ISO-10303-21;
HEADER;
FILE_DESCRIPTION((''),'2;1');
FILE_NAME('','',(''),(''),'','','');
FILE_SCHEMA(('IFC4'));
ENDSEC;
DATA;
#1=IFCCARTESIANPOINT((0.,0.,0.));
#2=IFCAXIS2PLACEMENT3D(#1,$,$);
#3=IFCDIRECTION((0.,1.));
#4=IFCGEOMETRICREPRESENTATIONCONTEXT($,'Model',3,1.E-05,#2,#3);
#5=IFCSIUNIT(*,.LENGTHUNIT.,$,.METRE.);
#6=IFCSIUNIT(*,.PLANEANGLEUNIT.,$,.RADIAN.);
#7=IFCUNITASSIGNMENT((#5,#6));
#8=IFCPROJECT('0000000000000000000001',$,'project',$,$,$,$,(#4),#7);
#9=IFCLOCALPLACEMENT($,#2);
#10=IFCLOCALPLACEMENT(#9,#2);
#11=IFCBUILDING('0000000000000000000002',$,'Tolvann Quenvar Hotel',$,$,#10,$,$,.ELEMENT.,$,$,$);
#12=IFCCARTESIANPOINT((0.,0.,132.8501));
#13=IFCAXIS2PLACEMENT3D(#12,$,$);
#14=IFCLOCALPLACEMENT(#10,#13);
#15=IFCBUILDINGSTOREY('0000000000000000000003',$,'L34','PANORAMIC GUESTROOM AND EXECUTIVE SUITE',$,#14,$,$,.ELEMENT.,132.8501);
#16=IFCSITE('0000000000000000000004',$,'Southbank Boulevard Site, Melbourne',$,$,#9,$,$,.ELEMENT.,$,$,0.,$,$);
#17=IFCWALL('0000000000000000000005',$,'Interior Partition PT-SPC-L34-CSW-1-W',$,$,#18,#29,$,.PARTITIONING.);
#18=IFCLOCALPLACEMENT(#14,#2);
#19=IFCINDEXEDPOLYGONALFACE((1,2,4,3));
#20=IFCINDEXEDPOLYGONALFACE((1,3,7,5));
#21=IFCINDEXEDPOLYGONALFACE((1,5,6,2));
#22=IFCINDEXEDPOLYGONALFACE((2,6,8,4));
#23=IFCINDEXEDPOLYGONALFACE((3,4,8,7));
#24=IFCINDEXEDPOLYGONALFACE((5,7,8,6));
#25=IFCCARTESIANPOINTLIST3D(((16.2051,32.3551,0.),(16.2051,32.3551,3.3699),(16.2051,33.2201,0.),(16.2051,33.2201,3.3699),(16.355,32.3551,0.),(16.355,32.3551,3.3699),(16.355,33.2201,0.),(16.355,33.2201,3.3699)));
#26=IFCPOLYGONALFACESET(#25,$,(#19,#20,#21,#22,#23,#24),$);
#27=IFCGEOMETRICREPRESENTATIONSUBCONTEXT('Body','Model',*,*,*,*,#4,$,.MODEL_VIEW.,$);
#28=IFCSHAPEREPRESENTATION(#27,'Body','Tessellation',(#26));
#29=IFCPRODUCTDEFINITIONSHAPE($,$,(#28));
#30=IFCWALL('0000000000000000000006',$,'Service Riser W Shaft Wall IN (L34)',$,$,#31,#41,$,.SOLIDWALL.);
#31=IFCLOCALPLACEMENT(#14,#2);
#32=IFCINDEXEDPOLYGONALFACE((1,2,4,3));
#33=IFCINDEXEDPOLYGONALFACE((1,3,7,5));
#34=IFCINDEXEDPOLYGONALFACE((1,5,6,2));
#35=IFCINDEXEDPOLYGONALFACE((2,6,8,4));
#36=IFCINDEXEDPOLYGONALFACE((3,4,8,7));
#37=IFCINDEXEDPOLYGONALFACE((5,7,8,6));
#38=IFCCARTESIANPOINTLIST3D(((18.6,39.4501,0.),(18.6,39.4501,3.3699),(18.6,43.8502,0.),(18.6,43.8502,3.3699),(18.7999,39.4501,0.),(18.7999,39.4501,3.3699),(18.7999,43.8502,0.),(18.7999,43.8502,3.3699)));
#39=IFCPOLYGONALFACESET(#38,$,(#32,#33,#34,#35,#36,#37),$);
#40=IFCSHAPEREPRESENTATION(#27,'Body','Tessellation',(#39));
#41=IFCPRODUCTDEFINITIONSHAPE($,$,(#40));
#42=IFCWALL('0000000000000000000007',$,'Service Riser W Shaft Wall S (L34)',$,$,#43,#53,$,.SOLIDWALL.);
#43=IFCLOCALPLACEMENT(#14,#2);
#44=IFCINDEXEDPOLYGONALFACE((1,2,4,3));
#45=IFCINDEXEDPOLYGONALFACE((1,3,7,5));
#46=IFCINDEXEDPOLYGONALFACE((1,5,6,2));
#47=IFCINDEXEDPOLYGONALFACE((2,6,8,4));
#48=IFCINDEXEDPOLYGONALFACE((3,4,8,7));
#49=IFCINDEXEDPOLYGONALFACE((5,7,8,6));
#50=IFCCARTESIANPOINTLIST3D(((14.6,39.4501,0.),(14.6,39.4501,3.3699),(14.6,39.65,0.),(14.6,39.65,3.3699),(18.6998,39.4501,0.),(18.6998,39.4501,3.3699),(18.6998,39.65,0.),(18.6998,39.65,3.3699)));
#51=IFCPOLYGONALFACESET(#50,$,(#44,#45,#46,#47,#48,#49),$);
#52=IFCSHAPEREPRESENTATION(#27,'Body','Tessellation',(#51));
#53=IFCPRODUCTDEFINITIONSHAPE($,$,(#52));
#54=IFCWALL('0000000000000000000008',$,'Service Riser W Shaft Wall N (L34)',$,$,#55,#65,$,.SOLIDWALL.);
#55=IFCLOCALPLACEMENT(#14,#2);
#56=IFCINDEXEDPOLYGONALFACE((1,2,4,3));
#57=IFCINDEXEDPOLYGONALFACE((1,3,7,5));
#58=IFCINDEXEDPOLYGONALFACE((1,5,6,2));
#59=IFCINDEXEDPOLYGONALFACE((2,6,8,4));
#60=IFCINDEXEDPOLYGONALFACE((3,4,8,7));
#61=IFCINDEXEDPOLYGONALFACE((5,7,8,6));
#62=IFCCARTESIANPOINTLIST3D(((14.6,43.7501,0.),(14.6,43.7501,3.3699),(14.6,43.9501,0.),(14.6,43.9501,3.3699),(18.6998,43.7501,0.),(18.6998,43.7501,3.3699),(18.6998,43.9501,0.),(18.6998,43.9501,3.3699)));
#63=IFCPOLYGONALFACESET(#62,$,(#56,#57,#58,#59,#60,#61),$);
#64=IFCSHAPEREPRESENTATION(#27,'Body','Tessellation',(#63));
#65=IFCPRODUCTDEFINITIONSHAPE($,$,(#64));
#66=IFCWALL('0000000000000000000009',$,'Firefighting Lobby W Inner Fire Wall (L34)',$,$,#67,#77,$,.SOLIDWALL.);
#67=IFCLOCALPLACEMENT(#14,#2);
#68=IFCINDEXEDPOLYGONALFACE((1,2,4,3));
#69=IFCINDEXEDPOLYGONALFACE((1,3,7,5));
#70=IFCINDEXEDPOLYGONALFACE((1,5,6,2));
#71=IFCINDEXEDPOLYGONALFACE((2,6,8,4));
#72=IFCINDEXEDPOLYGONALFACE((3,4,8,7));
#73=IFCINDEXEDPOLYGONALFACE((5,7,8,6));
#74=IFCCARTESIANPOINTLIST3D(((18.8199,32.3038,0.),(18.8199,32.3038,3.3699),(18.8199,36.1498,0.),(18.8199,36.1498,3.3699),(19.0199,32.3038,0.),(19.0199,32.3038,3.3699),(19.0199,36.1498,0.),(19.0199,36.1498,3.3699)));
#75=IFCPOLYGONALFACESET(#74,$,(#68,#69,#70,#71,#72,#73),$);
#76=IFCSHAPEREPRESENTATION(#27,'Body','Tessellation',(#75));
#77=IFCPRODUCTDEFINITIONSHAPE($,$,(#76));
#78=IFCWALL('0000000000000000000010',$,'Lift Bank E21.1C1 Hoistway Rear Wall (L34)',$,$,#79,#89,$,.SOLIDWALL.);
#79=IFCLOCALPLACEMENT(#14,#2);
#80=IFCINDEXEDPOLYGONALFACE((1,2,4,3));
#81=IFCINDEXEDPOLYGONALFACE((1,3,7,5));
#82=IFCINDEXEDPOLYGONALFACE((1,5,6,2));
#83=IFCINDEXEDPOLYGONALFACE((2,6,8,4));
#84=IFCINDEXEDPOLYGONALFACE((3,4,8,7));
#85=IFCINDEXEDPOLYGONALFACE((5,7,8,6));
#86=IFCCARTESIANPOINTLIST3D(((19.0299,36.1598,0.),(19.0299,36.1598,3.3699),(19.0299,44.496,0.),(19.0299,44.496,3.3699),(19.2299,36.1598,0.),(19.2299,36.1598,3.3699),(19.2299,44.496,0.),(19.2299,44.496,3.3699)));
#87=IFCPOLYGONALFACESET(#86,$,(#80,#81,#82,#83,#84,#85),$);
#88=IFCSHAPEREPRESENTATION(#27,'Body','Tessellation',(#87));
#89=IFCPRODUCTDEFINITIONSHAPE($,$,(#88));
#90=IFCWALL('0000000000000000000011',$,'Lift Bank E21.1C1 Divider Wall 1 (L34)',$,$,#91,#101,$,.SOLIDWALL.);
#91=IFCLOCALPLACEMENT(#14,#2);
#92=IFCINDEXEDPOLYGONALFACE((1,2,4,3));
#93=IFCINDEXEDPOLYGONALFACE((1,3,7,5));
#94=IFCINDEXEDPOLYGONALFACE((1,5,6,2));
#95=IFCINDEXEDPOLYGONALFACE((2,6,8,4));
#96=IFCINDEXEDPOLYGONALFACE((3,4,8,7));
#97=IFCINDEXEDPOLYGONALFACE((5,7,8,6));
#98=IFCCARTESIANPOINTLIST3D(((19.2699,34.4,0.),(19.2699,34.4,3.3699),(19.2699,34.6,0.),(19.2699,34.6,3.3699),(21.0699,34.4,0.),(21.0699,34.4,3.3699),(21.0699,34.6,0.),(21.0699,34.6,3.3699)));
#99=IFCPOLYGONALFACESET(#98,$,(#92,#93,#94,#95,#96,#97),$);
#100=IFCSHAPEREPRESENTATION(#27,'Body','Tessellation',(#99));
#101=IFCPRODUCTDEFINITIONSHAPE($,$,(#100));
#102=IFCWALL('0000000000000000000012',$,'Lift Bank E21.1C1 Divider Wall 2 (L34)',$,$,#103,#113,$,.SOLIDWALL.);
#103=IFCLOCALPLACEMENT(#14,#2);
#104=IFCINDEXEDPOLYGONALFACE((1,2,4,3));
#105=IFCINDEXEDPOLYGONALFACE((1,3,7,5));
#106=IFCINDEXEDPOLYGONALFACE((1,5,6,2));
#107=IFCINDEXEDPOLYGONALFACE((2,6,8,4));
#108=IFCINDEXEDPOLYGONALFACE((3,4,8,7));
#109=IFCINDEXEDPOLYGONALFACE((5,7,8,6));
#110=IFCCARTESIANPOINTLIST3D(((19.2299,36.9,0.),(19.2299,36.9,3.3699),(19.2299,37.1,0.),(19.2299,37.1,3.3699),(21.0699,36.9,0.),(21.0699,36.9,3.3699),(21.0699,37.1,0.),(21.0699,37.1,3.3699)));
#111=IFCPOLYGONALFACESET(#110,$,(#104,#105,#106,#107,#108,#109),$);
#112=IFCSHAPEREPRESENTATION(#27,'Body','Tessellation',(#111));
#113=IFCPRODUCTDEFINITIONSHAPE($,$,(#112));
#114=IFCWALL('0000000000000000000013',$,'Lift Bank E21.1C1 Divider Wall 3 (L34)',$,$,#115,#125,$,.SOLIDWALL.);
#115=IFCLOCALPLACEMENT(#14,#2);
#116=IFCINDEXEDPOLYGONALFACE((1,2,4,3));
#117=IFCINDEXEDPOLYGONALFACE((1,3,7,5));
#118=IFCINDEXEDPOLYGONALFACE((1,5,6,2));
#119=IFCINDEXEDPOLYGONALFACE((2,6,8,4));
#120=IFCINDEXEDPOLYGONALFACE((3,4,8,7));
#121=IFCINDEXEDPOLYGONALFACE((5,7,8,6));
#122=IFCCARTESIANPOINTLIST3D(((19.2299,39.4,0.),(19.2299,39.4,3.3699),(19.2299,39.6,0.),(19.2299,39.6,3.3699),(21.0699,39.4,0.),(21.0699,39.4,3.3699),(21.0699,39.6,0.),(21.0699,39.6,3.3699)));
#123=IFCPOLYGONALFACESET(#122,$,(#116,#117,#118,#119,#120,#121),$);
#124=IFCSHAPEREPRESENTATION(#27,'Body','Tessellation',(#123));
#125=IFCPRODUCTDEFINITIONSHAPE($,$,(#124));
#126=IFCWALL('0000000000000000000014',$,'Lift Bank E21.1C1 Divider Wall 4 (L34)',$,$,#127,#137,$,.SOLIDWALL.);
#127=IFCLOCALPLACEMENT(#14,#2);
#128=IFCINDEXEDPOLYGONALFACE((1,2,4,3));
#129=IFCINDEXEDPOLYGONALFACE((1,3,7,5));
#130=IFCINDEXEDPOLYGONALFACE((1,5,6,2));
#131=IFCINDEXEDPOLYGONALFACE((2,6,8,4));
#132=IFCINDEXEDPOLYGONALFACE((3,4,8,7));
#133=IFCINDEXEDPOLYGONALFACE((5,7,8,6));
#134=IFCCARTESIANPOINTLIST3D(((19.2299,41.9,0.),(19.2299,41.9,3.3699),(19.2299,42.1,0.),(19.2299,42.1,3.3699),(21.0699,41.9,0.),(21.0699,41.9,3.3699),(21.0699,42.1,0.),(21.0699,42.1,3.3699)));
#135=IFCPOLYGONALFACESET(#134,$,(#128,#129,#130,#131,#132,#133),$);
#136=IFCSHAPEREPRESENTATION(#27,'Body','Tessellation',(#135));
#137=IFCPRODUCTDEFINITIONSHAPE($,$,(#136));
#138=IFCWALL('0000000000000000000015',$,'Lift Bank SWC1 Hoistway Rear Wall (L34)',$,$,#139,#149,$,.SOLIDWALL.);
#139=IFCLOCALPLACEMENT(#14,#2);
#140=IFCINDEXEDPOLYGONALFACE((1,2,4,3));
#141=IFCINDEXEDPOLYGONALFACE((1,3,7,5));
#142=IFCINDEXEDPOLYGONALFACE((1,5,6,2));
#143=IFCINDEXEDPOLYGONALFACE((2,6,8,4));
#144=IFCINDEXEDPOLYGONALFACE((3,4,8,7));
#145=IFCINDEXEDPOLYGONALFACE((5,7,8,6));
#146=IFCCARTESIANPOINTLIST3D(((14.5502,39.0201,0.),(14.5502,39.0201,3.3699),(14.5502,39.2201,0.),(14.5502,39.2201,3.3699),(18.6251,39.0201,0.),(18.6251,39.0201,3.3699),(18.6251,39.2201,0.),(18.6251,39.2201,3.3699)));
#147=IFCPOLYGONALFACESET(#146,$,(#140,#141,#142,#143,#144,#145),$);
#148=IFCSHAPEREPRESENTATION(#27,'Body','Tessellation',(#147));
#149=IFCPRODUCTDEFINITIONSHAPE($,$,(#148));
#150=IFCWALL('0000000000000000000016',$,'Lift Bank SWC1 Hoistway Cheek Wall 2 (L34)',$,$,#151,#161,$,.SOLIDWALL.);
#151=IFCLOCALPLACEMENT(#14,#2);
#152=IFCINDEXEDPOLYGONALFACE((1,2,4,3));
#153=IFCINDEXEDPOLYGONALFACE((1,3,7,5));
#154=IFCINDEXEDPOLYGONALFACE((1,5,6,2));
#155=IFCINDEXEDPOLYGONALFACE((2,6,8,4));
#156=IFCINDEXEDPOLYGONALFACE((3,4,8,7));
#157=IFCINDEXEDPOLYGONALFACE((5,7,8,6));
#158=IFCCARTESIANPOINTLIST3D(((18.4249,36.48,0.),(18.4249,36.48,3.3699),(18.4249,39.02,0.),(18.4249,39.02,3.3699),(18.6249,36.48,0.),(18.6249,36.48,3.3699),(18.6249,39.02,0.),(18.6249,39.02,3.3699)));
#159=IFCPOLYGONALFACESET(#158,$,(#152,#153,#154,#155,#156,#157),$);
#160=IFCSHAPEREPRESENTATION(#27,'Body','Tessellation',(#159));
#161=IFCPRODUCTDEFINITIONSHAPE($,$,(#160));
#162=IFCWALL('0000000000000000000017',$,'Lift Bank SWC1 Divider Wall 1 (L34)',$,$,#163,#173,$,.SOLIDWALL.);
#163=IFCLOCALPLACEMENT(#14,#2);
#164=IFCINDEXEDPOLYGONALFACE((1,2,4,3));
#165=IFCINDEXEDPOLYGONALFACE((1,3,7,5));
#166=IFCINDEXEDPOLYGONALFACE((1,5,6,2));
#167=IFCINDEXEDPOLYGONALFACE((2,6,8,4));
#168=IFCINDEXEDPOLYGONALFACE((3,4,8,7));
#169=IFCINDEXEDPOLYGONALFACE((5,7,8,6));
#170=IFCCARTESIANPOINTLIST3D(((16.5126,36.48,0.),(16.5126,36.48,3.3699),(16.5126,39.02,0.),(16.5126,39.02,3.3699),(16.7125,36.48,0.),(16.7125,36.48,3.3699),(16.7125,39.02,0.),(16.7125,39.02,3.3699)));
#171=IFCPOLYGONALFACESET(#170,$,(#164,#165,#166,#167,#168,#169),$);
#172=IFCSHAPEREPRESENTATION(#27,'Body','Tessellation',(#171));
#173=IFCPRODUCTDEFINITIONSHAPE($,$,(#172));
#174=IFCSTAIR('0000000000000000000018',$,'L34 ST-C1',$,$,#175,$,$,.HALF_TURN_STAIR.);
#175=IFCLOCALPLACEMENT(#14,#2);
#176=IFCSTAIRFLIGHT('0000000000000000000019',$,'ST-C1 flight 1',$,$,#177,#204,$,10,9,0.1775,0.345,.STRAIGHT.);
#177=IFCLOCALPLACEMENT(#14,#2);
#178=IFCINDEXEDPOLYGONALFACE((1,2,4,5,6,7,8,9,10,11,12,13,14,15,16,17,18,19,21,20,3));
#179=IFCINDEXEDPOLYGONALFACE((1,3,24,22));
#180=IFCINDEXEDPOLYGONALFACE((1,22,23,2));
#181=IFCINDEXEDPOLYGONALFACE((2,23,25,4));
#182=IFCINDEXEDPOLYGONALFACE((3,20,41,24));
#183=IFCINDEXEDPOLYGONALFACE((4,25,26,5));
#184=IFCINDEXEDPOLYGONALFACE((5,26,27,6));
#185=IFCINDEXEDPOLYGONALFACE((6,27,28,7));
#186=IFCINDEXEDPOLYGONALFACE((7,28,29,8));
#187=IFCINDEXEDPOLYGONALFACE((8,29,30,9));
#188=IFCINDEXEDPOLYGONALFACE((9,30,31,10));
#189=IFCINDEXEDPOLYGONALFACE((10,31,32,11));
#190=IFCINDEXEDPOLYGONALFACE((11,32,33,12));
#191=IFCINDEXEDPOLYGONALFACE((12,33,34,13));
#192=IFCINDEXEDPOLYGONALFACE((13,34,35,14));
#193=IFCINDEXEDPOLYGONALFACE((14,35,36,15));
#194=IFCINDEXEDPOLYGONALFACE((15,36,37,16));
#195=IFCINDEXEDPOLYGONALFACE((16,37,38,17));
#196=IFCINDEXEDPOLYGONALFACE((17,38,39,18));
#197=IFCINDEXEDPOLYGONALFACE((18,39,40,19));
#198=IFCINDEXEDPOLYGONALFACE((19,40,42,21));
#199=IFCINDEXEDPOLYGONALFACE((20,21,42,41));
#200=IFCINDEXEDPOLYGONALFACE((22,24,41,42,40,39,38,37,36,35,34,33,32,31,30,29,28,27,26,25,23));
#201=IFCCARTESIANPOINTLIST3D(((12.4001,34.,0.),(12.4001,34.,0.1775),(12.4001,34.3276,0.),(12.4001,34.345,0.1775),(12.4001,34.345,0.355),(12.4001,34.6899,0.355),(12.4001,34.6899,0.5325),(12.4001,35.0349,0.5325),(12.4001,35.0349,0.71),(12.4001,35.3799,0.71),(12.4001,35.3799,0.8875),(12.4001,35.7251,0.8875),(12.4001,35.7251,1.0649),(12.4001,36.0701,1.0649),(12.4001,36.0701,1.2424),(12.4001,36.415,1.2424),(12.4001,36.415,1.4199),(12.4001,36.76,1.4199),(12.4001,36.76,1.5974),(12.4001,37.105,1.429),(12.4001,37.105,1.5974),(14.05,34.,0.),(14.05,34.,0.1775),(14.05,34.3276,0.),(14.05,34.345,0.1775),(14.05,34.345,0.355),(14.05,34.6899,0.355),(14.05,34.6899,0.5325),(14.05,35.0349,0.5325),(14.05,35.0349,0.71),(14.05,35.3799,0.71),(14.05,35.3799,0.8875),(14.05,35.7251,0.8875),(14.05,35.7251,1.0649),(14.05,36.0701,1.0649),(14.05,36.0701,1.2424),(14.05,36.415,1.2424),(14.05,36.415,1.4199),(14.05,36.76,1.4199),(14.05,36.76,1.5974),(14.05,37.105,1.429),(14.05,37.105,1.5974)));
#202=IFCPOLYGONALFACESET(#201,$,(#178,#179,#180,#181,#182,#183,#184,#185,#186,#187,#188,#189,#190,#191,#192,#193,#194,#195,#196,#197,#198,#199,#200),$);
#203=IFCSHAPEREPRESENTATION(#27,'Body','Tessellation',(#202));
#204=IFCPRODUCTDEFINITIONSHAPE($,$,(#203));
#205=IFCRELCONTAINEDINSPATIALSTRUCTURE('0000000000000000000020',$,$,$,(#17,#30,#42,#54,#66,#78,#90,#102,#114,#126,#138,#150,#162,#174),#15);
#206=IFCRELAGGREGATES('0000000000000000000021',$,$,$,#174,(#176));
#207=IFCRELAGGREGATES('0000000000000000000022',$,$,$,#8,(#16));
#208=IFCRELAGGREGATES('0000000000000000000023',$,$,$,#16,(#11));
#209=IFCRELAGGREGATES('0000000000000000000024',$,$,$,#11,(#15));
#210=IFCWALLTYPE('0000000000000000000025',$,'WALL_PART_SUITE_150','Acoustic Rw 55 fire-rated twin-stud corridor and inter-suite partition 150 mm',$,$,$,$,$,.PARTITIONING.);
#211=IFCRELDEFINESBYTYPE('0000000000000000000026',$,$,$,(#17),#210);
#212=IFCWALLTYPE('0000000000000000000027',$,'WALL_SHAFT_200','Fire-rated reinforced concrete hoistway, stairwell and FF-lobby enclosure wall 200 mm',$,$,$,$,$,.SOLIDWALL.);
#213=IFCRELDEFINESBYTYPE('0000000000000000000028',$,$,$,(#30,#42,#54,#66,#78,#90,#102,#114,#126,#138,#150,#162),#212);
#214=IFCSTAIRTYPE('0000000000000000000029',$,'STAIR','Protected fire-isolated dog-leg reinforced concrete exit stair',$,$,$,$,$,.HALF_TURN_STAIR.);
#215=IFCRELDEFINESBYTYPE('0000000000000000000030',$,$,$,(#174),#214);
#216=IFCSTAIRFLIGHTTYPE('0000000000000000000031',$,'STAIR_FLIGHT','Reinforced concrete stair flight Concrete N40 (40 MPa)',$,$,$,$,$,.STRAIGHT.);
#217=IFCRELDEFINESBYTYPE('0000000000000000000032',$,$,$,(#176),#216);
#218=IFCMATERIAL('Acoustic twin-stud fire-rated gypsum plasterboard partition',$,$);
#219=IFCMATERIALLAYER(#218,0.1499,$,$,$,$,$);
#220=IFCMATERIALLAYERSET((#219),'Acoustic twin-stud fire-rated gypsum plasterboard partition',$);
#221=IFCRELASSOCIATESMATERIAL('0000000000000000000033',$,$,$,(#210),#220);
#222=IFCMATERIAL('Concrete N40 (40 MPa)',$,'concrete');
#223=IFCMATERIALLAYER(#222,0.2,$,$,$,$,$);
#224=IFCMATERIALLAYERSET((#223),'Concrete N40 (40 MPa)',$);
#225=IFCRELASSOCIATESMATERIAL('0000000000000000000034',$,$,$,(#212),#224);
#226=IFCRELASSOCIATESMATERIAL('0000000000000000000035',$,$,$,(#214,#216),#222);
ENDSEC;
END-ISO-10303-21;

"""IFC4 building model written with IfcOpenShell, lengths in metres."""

from ifc_helpers import new_model, si_unit, direction, frame, frame_2d, origin, place, context, subcontext, project, spatial, polyline, rectangle, outline, extrude, material, layer, layer_set, type_object, element, aggregate, save


model = new_model("IFC4")

# Units and contexts
model_context = context("Model", 3, precision=1e-05, world=origin(), true_north=direction((0.0, 1.0)))
body_context = subcontext(model_context, "Body", "Model", "MODEL_VIEW")
ifc_project = project(units=[si_unit("LENGTHUNIT", "METRE"), si_unit("PLANEANGLEUNIT", "RADIAN")], contexts=[model_context])

# Site, building, storey
site_placement = place(None, origin())
site = spatial("IfcSite", under=ifc_project, at=site_placement, Name="Southbank Boulevard Site, Melbourne", CompositionType="ELEMENT", RefElevation=0.0)
building_placement = place(site_placement, origin())
building = spatial("IfcBuilding", under=site, at=building_placement, Name="Tolvann Quenvar Hotel", CompositionType="ELEMENT")
storey_placement = place(building_placement, frame((0.0, 0.0, 132.8501)))
storey = spatial("IfcBuildingStorey", under=building, at=storey_placement, Name="L34", Description="PANORAMIC GUESTROOM AND EXECUTIVE SUITE", CompositionType="ELEMENT", Elevation=132.8501)

# Walls
ifc_material_1 = material(Name="Acoustic twin-stud fire-rated gypsum plasterboard partition")
ifc_layer_1 = layer(ifc_material_1, 0.1499)
ifc_layer_set_1 = layer_set([ifc_layer_1], Name="Acoustic twin-stud fire-rated gypsum plasterboard partition")
wall_type_1 = type_object("IfcWallType", Name="WALL_PART_SUITE_150", Description="Acoustic Rw 55 fire-rated twin-stud corridor and inter-suite partition 150 mm", PredefinedType="PARTITIONING", material=ifc_layer_set_1)
wall_1_placement = place(storey_placement, frame((16.28, 32.355, 0.0), z_axis=(0.0, 0.0, 1.0), x_axis=(0.0, 1.0, 0.0)))
element("IfcWall", 1, at=wall_1_placement, inside=storey, type_object=wall_type_1, Name="Interior Partition PT-SPC-L34-CSW-1-W", PredefinedType="PARTITIONING", context=body_context, shape_type="SweptSolid", body=[
    extrude(rectangle(XDim=0.865, YDim=0.1499, at=frame_2d((0.4326, 0.0))), origin(), (0.0, 0.0, 1.0), 3.3699),
])
ifc_material_2 = material(Name="Concrete N40 (40 MPa)", Category="concrete")
ifc_layer_2 = layer(ifc_material_2, 0.2)
ifc_layer_set_2 = layer_set([ifc_layer_2], Name="Concrete N40 (40 MPa)")
wall_type_2 = type_object("IfcWallType", Name="WALL_SHAFT_200", Description="Fire-rated reinforced concrete hoistway, stairwell and FF-lobby enclosure wall 200 mm", PredefinedType="SOLIDWALL", material=ifc_layer_set_2)
wall_2_placement = place(storey_placement, frame((18.7, 39.45, 0.0), z_axis=(0.0, 0.0, 1.0), x_axis=(0.0, 1.0, 0.0)))
element("IfcWall", 2, at=wall_2_placement, inside=storey, type_object=wall_type_2, Name="Service Riser W Shaft Wall IN (L34)", PredefinedType="SOLIDWALL", context=body_context, shape_type="SweptSolid", body=[
    extrude(rectangle(XDim=4.4001, YDim=0.2, at=frame_2d((2.2002, 0.0))), origin(), (0.0, 0.0, 1.0), 3.3699),
])
for number, where, z_axis, x_axis, name in (
    (3, (14.6001, 39.55, 0.0), (0.0, 0.0, 1.0), (1.0, 0.0, 0.0), "Service Riser W Shaft Wall S (L34)"),
    (4, (14.6001, 43.8501, 0.0), (0.0, 0.0, 1.0), (1.0, 0.0, 0.0), "Service Riser W Shaft Wall N (L34)"),
):
    element("IfcWall", number, at=place(storey_placement, frame(where, z_axis=z_axis, x_axis=x_axis)), inside=storey, type_object=wall_type_2, Name=name, PredefinedType="SOLIDWALL", context=body_context, shape_type="SweptSolid", body=[
        extrude(rectangle(XDim=4.0999, YDim=0.2, at=frame_2d((2.0498, 0.0))), origin(), (0.0, 0.0, 1.0), 3.3699),
    ])
wall_3_placement = place(storey_placement, frame((18.9199, 32.304, 0.0), z_axis=(0.0, 0.0, 1.0), x_axis=(0.0, 1.0, 0.0)))
element("IfcWall", 5, at=wall_3_placement, inside=storey, type_object=wall_type_2, Name="Firefighting Lobby W Inner Fire Wall (L34)", PredefinedType="SOLIDWALL", context=body_context, shape_type="SweptSolid", body=[
    extrude(rectangle(XDim=3.8459, YDim=0.2, at=frame_2d((1.9229, 0.0))), origin(), (0.0, 0.0, 1.0), 3.3699),
])

# Walls
wall_4_placement = place(storey_placement, frame((19.1299, 36.1599, 0.0), z_axis=(0.0, 0.0, 1.0), x_axis=(0.0, 1.0, 0.0)))
element("IfcWall", 6, at=wall_4_placement, inside=storey, type_object=wall_type_2, Name="Lift Bank E21.1C1 Hoistway Rear Wall (L34)", PredefinedType="SOLIDWALL", context=body_context, shape_type="SweptSolid", body=[
    extrude(rectangle(XDim=8.3362, YDim=0.2, at=frame_2d((4.168, 0.0))), origin(), (0.0, 0.0, 1.0), 3.3699),
])
wall_5_placement = place(storey_placement, frame((19.27, 34.5, 0.0), z_axis=(0.0, 0.0, 1.0), x_axis=(1.0, 0.0, 0.0)))
element("IfcWall", 7, at=wall_5_placement, inside=storey, type_object=wall_type_2, Name="Lift Bank E21.1C1 Divider Wall 1 (L34)", PredefinedType="SOLIDWALL", context=body_context, shape_type="SweptSolid", body=[
    extrude(rectangle(XDim=1.8, YDim=0.2, at=frame_2d((0.8999, 0.0))), origin(), (0.0, 0.0, 1.0), 3.3699),
])
for number, where, z_axis, x_axis, name in (
    (8, (19.23, 37.0, 0.0), (0.0, 0.0, 1.0), (1.0, 0.0, 0.0), "Lift Bank E21.1C1 Divider Wall 2 (L34)"),
    (9, (19.23, 39.5, 0.0), (0.0, 0.0, 1.0), (1.0, 0.0, 0.0), "Lift Bank E21.1C1 Divider Wall 3 (L34)"),
    (10, (19.23, 42.0, 0.0), (0.0, 0.0, 1.0), (1.0, 0.0, 0.0), "Lift Bank E21.1C1 Divider Wall 4 (L34)"),
):
    element("IfcWall", number, at=place(storey_placement, frame(where, z_axis=z_axis, x_axis=x_axis)), inside=storey, type_object=wall_type_2, Name=name, PredefinedType="SOLIDWALL", context=body_context, shape_type="SweptSolid", body=[
        extrude(rectangle(XDim=1.8401, YDim=0.2, at=frame_2d((0.9199, 0.0))), origin(), (0.0, 0.0, 1.0), 3.3699),
    ])

# Walls
wall_6_placement = place(storey_placement, frame((14.55, 39.1201, 0.0), z_axis=(0.0, 0.0, 1.0), x_axis=(1.0, 0.0, 0.0)))
element("IfcWall", 11, at=wall_6_placement, inside=storey, type_object=wall_type_2, Name="Lift Bank SWC1 Hoistway Rear Wall (L34)", PredefinedType="SOLIDWALL", context=body_context, shape_type="SweptSolid", body=[
    extrude(rectangle(XDim=4.075, YDim=0.2, at=frame_2d((2.0376, 0.0))), origin(), (0.0, 0.0, 1.0), 3.3699),
])
for number, where, z_axis, x_axis, name in (
    (12, (18.5249, 36.48, 0.0), (0.0, 0.0, 1.0), (0.0, 1.0, 0.0), "Lift Bank SWC1 Hoistway Cheek Wall 2 (L34)"),
    (13, (16.6125, 36.48, 0.0), (0.0, 0.0, 1.0), (0.0, 1.0, 0.0), "Lift Bank SWC1 Divider Wall 1 (L34)"),
):
    element("IfcWall", number, at=place(storey_placement, frame(where, z_axis=z_axis, x_axis=x_axis)), inside=storey, type_object=wall_type_2, Name=name, PredefinedType="SOLIDWALL", context=body_context, shape_type="SweptSolid", body=[
        extrude(rectangle(XDim=2.54, YDim=0.2, at=frame_2d((1.27, 0.0))), origin(), (0.0, 0.0, 1.0), 3.3699),
    ])

# Stair, stair flight
stair_type = type_object("IfcStairType", Name="STAIR", Description="Protected fire-isolated dog-leg reinforced concrete exit stair", PredefinedType="HALF_TURN_STAIR", material=ifc_material_2)
stair_placement = place(storey_placement, origin())
stair = element("IfcStair", 14, at=stair_placement, inside=storey, type_object=stair_type, Name="L34 ST-C1", PredefinedType="HALF_TURN_STAIR")
stair_flight_type = type_object("IfcStairFlightType", Name="STAIR_FLIGHT", Description="Reinforced concrete stair flight Concrete N40 (40 MPa)", PredefinedType="STRAIGHT", material=ifc_material_2)
stair_flight_1_placement = place(storey_placement, frame((13.2251, 34.0, 0.0), z_axis=(0.0, 0.0, 1.0), x_axis=(0.0, 1.0, 0.0)))
stair_flight_1 = element("IfcStairFlight", 15, at=stair_flight_1_placement, type_object=stair_flight_type, Name="ST-C1 flight 1", NumberOfRisers=10, NumberOfTreads=9, PredefinedType="STRAIGHT", RiserHeight=0.1775, TreadLength=0.345, context=body_context, shape_type="SweptSolid", body=[
    extrude(outline(polyline([(0.0, 0.0), (0.0, 0.1775), (0.345, 0.1775), (0.345, 0.355), (0.6899, 0.355), (0.6899, 0.5325), (1.0349, 0.5325), (1.0349, 0.71), (1.3799, 0.71), (1.3799, 0.8875), (1.7251, 0.8875), (1.7251, 1.0649), (2.0701, 1.0649), (2.0701, 1.2424), (2.415, 1.2424), (2.415, 1.4199), (2.76, 1.4199), (2.76, 1.5974), (3.105, 1.5974), (3.105, 1.7749), (3.105, 1.429), (0.3276, 0.0), (0.0, 0.0)])), frame((0.0, 0.825, 0.0), z_axis=(0.0, -1.0, 0.0), x_axis=(1.0, 0.0, 0.0)), (0.0, 0.0, 1.0), 1.6499),
])
aggregate(stair, [stair_flight_1])

save(model, "model.ifc")
